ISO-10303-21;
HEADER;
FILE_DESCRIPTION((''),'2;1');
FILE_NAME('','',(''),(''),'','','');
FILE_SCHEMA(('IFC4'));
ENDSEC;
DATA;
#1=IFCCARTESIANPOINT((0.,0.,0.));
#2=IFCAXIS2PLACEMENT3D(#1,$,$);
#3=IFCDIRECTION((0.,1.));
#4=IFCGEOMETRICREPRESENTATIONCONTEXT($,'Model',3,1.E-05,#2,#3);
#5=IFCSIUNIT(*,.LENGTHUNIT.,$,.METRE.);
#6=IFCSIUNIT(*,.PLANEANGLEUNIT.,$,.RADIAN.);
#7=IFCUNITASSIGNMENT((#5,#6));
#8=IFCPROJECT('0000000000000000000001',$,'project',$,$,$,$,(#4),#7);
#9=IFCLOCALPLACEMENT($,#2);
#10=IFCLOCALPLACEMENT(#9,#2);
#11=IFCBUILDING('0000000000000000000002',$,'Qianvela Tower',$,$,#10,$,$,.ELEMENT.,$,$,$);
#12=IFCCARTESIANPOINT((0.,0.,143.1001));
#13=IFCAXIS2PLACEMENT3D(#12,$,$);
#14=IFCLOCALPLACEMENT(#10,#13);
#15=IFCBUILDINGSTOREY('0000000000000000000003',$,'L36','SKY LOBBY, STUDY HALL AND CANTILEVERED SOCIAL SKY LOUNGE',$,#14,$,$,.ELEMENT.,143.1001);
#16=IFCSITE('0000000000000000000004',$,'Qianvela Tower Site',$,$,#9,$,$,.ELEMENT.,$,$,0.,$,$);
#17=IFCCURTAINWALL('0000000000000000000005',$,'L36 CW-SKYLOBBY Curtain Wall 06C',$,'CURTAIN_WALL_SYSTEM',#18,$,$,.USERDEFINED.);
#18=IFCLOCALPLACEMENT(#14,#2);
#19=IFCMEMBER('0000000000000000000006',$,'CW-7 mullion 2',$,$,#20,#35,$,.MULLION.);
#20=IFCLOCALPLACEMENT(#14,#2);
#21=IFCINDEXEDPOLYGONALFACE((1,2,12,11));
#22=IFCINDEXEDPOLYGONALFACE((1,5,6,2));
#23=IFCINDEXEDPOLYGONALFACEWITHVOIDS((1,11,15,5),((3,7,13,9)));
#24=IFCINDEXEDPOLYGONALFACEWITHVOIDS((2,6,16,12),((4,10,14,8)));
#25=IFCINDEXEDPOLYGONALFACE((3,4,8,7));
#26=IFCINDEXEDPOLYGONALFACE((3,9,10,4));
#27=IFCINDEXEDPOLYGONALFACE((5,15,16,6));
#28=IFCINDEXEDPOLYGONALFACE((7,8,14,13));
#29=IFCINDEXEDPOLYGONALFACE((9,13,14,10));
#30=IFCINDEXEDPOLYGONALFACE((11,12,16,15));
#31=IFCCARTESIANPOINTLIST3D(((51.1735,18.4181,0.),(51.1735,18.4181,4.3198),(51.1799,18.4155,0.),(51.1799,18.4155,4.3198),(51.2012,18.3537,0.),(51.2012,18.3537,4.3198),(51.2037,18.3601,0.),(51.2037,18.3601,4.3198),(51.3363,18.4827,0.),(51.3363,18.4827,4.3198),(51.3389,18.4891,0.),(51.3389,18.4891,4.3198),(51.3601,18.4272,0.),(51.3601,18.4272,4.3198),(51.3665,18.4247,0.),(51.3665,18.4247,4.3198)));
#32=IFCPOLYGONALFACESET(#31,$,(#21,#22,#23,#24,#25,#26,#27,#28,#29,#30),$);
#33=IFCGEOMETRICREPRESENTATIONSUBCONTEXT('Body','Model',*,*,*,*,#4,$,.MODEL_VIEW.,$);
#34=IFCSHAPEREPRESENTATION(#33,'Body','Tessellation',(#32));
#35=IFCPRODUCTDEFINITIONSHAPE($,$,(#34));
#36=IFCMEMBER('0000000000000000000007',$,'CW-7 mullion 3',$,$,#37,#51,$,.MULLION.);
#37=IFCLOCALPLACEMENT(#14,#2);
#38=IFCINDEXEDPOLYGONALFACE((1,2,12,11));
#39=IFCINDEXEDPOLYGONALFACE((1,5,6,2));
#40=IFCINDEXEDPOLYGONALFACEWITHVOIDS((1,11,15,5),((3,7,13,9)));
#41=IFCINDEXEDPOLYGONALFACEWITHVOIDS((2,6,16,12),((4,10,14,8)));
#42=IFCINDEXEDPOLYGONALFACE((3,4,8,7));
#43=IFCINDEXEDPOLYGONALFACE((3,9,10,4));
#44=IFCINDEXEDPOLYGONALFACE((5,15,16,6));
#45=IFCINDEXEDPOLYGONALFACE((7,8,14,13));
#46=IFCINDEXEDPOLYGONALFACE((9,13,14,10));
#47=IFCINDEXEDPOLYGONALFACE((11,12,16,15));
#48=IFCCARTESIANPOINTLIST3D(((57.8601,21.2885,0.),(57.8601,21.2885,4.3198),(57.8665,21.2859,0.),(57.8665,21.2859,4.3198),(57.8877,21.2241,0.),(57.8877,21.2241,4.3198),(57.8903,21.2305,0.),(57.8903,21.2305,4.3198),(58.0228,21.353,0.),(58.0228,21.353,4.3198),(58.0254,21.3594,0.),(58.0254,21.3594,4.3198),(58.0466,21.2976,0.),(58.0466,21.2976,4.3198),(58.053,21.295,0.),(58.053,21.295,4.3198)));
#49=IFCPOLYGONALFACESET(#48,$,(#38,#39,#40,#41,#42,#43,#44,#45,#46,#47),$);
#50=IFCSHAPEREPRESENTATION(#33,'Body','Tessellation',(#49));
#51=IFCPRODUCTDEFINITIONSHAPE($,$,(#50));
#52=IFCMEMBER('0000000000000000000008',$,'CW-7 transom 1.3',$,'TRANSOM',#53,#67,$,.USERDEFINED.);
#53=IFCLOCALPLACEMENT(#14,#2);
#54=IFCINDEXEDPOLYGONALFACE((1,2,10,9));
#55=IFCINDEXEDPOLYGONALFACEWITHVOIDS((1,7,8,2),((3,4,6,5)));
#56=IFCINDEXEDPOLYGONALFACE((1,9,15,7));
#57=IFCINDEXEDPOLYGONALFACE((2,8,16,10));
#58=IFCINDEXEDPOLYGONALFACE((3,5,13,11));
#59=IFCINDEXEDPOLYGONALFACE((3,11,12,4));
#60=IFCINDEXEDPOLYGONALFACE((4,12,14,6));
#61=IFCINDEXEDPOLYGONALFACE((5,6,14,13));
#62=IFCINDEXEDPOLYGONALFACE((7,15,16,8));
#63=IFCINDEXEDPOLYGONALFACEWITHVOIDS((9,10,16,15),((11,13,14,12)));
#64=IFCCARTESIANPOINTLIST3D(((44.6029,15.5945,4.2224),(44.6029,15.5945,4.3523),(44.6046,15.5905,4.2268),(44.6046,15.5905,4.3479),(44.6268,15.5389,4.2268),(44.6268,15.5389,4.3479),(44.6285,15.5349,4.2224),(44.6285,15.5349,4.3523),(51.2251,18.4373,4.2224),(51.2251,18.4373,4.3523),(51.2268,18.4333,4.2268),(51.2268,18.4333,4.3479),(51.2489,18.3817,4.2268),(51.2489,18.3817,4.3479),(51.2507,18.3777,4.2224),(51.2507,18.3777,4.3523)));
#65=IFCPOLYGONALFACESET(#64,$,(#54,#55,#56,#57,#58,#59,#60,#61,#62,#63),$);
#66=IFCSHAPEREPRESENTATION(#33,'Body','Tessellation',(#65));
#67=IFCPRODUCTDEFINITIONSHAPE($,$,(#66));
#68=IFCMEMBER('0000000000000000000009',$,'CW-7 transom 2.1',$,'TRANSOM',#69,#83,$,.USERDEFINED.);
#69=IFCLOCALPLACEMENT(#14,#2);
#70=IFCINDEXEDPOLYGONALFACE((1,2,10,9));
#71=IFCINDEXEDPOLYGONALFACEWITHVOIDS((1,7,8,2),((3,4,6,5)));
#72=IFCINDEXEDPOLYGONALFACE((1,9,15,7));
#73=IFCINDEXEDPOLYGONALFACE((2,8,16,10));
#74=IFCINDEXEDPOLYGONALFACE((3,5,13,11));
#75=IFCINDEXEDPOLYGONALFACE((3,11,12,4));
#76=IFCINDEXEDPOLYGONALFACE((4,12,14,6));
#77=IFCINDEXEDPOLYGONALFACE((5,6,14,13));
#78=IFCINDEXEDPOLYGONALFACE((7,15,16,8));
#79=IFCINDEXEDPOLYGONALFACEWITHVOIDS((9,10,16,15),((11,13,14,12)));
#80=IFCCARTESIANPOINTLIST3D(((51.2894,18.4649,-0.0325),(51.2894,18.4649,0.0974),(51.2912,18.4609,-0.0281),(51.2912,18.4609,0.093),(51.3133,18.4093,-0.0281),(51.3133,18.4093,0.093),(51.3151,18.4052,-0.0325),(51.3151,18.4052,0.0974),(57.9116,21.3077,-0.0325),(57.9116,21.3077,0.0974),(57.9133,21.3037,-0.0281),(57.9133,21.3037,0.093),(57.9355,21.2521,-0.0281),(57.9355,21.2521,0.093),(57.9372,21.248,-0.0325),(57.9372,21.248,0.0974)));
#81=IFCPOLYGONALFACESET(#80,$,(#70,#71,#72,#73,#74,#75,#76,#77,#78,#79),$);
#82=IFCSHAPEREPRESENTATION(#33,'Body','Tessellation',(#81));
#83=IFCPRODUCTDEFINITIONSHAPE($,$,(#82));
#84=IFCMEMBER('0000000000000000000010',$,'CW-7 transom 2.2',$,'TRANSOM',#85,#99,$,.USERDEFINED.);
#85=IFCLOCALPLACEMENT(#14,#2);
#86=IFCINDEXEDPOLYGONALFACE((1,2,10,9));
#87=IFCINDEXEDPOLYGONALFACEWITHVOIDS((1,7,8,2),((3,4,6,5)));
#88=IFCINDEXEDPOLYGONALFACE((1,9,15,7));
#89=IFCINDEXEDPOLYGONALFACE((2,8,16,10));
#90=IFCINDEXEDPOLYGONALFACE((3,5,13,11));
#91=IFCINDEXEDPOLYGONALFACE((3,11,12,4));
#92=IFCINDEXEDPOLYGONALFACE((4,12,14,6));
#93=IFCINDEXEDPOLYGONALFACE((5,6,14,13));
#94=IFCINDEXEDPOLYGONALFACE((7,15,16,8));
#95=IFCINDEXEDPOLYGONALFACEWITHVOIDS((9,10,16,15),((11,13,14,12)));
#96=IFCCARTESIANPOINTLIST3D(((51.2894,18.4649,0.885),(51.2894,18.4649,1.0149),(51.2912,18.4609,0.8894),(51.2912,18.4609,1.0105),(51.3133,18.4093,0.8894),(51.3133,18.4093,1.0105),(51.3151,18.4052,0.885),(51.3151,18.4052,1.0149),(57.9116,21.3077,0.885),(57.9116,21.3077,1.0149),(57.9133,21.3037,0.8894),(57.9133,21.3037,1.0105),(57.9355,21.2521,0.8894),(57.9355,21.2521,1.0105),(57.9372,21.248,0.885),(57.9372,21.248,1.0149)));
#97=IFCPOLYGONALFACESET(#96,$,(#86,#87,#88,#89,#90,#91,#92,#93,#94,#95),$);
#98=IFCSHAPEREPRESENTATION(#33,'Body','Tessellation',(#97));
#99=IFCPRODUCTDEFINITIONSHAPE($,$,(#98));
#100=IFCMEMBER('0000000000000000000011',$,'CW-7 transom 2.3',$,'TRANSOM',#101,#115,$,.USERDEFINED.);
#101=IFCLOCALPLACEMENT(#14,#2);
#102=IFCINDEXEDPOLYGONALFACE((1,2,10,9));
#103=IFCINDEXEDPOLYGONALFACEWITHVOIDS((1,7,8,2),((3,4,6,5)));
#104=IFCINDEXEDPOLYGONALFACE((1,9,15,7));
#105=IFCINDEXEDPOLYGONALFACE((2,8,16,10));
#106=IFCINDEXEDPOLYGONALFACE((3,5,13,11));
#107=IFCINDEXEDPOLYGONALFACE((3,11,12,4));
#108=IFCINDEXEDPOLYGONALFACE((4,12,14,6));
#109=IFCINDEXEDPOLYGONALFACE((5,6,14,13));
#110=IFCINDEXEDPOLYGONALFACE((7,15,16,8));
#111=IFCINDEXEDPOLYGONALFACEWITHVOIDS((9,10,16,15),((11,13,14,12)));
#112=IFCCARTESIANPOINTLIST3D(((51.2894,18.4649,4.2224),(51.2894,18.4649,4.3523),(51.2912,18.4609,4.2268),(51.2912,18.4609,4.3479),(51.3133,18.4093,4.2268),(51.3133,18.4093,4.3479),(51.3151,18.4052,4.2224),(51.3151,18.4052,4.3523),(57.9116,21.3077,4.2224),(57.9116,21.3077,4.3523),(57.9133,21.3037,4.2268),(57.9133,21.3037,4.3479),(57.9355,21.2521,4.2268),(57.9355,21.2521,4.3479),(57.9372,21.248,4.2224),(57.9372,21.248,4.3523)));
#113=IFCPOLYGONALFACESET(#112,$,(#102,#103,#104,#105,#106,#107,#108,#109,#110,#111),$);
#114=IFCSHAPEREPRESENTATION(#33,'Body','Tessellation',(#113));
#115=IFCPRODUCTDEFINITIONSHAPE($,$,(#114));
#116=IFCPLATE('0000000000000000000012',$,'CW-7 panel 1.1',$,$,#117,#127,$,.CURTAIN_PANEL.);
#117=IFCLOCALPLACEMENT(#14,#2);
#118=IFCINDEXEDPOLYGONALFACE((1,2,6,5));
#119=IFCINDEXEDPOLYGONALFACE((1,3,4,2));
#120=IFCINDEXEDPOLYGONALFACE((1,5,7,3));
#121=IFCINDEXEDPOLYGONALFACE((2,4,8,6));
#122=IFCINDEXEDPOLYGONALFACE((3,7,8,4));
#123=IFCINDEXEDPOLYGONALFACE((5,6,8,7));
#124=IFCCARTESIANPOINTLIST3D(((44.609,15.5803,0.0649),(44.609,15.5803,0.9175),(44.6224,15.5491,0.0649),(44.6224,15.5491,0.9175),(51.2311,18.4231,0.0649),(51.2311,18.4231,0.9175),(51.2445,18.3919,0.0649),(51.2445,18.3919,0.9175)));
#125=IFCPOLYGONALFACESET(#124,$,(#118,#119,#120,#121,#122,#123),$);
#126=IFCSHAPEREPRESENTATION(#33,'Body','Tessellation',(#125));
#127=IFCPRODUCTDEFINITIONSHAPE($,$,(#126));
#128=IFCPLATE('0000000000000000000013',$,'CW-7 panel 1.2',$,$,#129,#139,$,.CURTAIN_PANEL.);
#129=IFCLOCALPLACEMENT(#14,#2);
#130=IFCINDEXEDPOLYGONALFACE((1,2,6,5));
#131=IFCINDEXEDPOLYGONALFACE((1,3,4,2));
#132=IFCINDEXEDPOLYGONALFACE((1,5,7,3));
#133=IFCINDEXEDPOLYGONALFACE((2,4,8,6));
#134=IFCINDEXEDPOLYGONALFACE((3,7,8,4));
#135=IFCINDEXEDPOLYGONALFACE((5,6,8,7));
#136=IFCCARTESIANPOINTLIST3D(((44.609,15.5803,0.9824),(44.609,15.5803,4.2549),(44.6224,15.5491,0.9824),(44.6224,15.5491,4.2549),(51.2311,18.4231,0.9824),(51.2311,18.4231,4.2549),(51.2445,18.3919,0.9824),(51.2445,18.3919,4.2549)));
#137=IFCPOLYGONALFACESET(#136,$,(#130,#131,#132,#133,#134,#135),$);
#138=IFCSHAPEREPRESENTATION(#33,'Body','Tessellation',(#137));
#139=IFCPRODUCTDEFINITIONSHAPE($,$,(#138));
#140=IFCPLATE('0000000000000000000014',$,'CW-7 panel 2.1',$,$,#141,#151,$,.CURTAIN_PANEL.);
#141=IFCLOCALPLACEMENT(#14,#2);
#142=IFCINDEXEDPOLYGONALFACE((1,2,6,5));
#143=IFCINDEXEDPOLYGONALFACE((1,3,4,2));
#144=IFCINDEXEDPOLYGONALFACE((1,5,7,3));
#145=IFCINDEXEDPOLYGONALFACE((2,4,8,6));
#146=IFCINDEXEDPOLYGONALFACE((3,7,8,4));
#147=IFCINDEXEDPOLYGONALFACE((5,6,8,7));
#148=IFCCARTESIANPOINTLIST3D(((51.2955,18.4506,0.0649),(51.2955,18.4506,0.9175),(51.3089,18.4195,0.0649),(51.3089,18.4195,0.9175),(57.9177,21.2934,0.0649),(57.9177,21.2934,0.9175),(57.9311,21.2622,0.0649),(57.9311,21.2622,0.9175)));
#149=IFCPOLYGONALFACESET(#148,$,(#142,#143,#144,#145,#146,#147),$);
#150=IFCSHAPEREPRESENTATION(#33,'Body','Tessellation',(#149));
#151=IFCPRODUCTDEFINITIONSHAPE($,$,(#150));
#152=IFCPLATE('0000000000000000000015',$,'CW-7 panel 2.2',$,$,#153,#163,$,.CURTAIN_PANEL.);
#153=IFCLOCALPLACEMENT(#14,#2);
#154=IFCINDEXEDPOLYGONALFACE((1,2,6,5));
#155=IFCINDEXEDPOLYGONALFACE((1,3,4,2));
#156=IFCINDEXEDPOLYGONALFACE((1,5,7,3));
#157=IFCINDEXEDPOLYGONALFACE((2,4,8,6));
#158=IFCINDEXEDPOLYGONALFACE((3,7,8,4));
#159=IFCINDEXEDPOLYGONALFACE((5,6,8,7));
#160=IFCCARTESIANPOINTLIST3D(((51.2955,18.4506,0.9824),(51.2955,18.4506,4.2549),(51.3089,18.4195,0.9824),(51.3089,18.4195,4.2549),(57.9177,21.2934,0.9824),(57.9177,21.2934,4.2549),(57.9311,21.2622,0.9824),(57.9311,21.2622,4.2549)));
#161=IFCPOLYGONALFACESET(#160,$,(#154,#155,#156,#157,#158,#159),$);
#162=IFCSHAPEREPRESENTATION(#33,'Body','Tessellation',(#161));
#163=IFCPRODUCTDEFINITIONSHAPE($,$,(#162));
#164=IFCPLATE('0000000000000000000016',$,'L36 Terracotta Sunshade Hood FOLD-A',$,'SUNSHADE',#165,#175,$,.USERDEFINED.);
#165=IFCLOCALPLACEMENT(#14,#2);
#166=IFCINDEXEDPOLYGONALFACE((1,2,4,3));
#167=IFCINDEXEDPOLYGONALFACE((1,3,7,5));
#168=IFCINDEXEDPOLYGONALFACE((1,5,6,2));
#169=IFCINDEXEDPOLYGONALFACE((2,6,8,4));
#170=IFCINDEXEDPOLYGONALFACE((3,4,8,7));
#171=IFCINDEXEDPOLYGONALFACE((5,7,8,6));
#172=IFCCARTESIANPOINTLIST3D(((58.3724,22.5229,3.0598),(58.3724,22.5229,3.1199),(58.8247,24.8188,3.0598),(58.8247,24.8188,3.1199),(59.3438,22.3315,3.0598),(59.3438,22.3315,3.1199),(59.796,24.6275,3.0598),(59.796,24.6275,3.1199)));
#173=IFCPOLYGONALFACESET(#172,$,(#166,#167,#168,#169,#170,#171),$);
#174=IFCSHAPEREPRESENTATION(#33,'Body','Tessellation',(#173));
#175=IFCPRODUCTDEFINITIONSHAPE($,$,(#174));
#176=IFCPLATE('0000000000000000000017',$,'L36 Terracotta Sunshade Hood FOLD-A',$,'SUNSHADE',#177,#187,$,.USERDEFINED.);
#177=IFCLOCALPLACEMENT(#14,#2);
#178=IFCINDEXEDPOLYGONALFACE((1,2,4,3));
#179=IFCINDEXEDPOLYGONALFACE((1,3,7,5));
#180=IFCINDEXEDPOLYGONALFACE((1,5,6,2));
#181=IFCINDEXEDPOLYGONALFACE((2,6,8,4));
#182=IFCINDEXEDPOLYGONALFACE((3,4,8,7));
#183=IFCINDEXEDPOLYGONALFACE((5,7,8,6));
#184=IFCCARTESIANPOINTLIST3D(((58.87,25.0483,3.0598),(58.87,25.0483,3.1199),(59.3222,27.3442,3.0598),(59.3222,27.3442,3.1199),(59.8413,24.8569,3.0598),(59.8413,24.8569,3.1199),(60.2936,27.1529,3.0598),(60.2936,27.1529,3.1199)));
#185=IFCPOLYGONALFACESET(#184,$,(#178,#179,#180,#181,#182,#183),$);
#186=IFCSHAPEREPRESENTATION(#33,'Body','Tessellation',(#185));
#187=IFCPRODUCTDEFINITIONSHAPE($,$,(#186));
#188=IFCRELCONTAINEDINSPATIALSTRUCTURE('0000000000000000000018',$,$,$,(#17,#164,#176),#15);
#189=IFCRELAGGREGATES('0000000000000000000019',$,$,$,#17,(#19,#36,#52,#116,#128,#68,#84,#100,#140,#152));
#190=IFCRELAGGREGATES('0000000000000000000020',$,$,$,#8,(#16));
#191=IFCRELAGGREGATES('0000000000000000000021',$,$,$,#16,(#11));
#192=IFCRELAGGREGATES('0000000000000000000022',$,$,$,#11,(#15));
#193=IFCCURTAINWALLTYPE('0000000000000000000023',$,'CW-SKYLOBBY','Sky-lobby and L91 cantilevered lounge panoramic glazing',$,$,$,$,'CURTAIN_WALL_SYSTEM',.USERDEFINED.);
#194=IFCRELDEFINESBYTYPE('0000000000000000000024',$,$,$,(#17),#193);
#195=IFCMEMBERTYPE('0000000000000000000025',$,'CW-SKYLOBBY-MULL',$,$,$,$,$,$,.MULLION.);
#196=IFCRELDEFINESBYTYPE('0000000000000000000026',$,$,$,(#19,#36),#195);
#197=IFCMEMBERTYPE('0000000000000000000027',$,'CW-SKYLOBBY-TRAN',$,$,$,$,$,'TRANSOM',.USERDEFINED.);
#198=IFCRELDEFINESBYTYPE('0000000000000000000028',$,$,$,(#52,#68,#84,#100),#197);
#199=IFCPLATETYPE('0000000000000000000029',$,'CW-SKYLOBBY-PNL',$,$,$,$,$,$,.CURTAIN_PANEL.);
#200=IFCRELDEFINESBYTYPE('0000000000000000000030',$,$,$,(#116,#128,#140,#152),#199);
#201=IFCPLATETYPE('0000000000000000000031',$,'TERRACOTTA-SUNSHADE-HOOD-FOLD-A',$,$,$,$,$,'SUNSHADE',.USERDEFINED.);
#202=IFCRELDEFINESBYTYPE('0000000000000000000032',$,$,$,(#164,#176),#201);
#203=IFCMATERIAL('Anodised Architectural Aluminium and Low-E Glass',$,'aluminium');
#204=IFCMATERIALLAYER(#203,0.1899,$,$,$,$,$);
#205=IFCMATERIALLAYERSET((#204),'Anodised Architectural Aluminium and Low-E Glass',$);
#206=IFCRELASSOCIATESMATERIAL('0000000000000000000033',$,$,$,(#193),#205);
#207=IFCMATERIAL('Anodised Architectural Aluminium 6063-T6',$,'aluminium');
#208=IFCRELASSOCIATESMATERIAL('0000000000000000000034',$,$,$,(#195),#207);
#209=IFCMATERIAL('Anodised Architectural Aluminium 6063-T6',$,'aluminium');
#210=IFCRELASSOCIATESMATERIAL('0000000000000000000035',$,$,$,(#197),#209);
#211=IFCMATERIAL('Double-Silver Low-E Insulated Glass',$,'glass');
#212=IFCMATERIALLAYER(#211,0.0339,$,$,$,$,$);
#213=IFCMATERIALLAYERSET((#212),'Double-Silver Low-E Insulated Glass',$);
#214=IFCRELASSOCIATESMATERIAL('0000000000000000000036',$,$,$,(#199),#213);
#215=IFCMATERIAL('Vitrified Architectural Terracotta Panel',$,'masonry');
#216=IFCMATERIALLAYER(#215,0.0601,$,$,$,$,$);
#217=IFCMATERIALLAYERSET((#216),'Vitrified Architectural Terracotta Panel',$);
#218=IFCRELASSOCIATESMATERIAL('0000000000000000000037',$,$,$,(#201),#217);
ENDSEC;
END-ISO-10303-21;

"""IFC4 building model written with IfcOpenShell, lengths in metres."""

from ifc_helpers import new_model, si_unit, direction, frame, origin, origin_2d, place, context, subcontext, project, spatial, rectangle, hollow_rectangle, extrude, material, layer, layer_set, material_profile, profile_set, type_object, element, aggregate, save


model = new_model("IFC4")

# Units and contexts
model_context = context("Model", 3, precision=1e-05, world=origin(), true_north=direction((0.0, 1.0)))
body_context = subcontext(model_context, "Body", "Model", "MODEL_VIEW")
ifc_project = project(units=[si_unit("LENGTHUNIT", "METRE"), si_unit("PLANEANGLEUNIT", "RADIAN")], contexts=[model_context])

# Site, building, storey
site_placement = place(None, origin())
site = spatial("IfcSite", under=ifc_project, at=site_placement, Name="Qianvela Tower Site", CompositionType="ELEMENT", RefElevation=0.0)
building_placement = place(site_placement, origin())
building = spatial("IfcBuilding", under=site, at=building_placement, Name="Qianvela Tower", CompositionType="ELEMENT")
storey_placement = place(building_placement, frame((0.0, 0.0, 143.1001)))
storey = spatial("IfcBuildingStorey", under=building, at=storey_placement, Name="L36", Description="SKY LOBBY, STUDY HALL AND CANTILEVERED SOCIAL SKY LOUNGE", CompositionType="ELEMENT", Elevation=143.1001)

# Curtain wall, members, plates
ifc_material_1 = material(Name="Anodised Architectural Aluminium and Low-E Glass", Category="aluminium")
ifc_layer_1 = layer(ifc_material_1, 0.1899)
ifc_layer_set_1 = layer_set([ifc_layer_1], Name="Anodised Architectural Aluminium and Low-E Glass")
curtain_wall_type = type_object("IfcCurtainWallType", Name="CW-SKYLOBBY", Description="Sky-lobby and L91 cantilevered lounge panoramic glazing", ElementType="CURTAIN_WALL_SYSTEM", PredefinedType="USERDEFINED", material=ifc_layer_set_1)
curtain_wall_placement = place(storey_placement, origin())
curtain_wall = element("IfcCurtainWall", 1, at=curtain_wall_placement, inside=storey, type_object=curtain_wall_type, Name="L36 CW-SKYLOBBY Curtain Wall 06C", ObjectType="CURTAIN_WALL_SYSTEM", PredefinedType="USERDEFINED")
ifc_material_2 = material(Name="Anodised Architectural Aluminium 6063-T6", Category="aluminium")
ifc_material_profile_1 = material_profile(ifc_material_2, hollow_rectangle(XDim=0.0701, YDim=0.1799, WallThickness=0.0049, at=origin_2d()), Name="ALU-MULL-70x180")
ifc_profile_set_1 = profile_set([ifc_material_profile_1], Name="Anodised Architectural Aluminium 6063-T6")
member_type_1 = type_object("IfcMemberType", Name="CW-SKYLOBBY-MULL", PredefinedType="MULLION", material=ifc_profile_set_1)
member_1_placement = place(storey_placement, frame((51.27, 18.4214, 0.0), z_axis=(0.0, 0.0, 1.0), x_axis=(-0.394471, 0.918908, 0.0)))
member_1 = element("IfcMember", 2, at=member_1_placement, type_object=member_type_1, Name="CW-7 mullion 2", PredefinedType="MULLION", context=body_context, shape_type="SweptSolid", body=[
    extrude(hollow_rectangle(XDim=0.0701, YDim=0.1799, WallThickness=0.0049, at=origin_2d()), origin(), (0.0, 0.0, 1.0), 4.3198),
])
member_2_placement = place(storey_placement, frame((57.9565, 21.2917, 0.0), z_axis=(0.0, 0.0, 1.0), x_axis=(-0.394471, 0.918908, 0.0)))
member_2 = element("IfcMember", 3, at=member_2_placement, type_object=member_type_1, Name="CW-7 mullion 3", PredefinedType="MULLION", context=body_context, shape_type="SweptSolid", body=[
    extrude(hollow_rectangle(XDim=0.0701, YDim=0.1799, WallThickness=0.0049, at=origin_2d()), origin(), (0.0, 0.0, 1.0), 4.3198),
])
ifc_material_3 = material(Name="Anodised Architectural Aluminium 6063-T6", Category="aluminium")
ifc_material_profile_2 = material_profile(ifc_material_3, hollow_rectangle(XDim=0.0649, YDim=0.1299, WallThickness=0.0044, at=origin_2d()), Name="ALU-TRAN-65x130")
ifc_profile_set_2 = profile_set([ifc_material_profile_2], Name="Anodised Architectural Aluminium 6063-T6")
member_type_2 = type_object("IfcMemberType", Name="CW-SKYLOBBY-TRAN", ElementType="TRANSOM", PredefinedType="USERDEFINED", material=ifc_profile_set_2)
member_3_placement = place(storey_placement, frame((44.6157, 15.5647, 4.2874), z_axis=(0.918907, 0.394475, 0.0), x_axis=(-0.394475, 0.918907, 0.0)))
member_3 = element("IfcMember", 4, at=member_3_placement, type_object=member_type_2, Name="CW-7 transom 1.3", ObjectType="TRANSOM", PredefinedType="USERDEFINED", context=body_context, shape_type="SweptSolid", body=[
    extrude(hollow_rectangle(XDim=0.0649, YDim=0.1299, WallThickness=0.0044, at=origin_2d()), origin(), (0.0, 0.0, 1.0), 7.2065),
])
member_4_placement = place(storey_placement, frame((51.3022, 18.4351, 0.0325), z_axis=(0.918907, 0.394475, 0.0), x_axis=(-0.394475, 0.918907, 0.0)))
member_4 = element("IfcMember", 5, at=member_4_placement, type_object=member_type_2, Name="CW-7 transom 2.1", ObjectType="TRANSOM", PredefinedType="USERDEFINED", context=body_context, shape_type="SweptSolid", body=[
    extrude(hollow_rectangle(XDim=0.0649, YDim=0.1299, WallThickness=0.0044, at=origin_2d()), origin(), (0.0, 0.0, 1.0), 7.2065),
])
member_5_placement = place(storey_placement, frame((51.3022, 18.4351, 0.95), z_axis=(0.918907, 0.394475, 0.0), x_axis=(-0.394475, 0.918907, 0.0)))
member_5 = element("IfcMember", 6, at=member_5_placement, type_object=member_type_2, Name="CW-7 transom 2.2", ObjectType="TRANSOM", PredefinedType="USERDEFINED", context=body_context, shape_type="SweptSolid", body=[
    extrude(hollow_rectangle(XDim=0.0649, YDim=0.1299, WallThickness=0.0044, at=origin_2d()), origin(), (0.0, 0.0, 1.0), 7.2065),
])
member_6_placement = place(storey_placement, frame((51.3022, 18.4351, 4.2874), z_axis=(0.918907, 0.394475, 0.0), x_axis=(-0.394475, 0.918907, 0.0)))
member_6 = element("IfcMember", 7, at=member_6_placement, type_object=member_type_2, Name="CW-7 transom 2.3", ObjectType="TRANSOM", PredefinedType="USERDEFINED", context=body_context, shape_type="SweptSolid", body=[
    extrude(hollow_rectangle(XDim=0.0649, YDim=0.1299, WallThickness=0.0044, at=origin_2d()), origin(), (0.0, 0.0, 1.0), 7.2065),
])
ifc_material_4 = material(Name="Double-Silver Low-E Insulated Glass", Category="glass")
ifc_layer_2 = layer(ifc_material_4, 0.0339)
ifc_layer_set_2 = layer_set([ifc_layer_2], Name="Double-Silver Low-E Insulated Glass")
plate_type_1 = type_object("IfcPlateType", Name="CW-SKYLOBBY-PNL", PredefinedType="CURTAIN_PANEL", material=ifc_layer_set_2)
plate_1_placement = place(storey_placement, frame((47.9268, 16.9861, 0.0649), z_axis=(0.0, 0.0, 1.0), x_axis=(0.918908, 0.394471, 0.0)))
plate_1 = element("IfcPlate", 8, at=plate_1_placement, type_object=plate_type_1, Name="CW-7 panel 1.1", PredefinedType="CURTAIN_PANEL", context=body_context, shape_type="SweptSolid", body=[
    extrude(rectangle(XDim=7.2065, YDim=0.0339, at=origin_2d()), origin(), (0.0, 0.0, 1.0), 0.8525),
])
plate_2_placement = place(storey_placement, frame((47.9268, 16.9861, 0.9824), z_axis=(0.0, 0.0, 1.0), x_axis=(0.918908, 0.394471, 0.0)))
plate_2 = element("IfcPlate", 9, at=plate_2_placement, type_object=plate_type_1, Name="CW-7 panel 1.2", PredefinedType="CURTAIN_PANEL", context=body_context, shape_type="SweptSolid", body=[
    extrude(rectangle(XDim=7.2065, YDim=0.0339, at=origin_2d()), origin(), (0.0, 0.0, 1.0), 3.2725),
])
plate_3_placement = place(storey_placement, frame((54.6133, 19.8564, 0.0649), z_axis=(0.0, 0.0, 1.0), x_axis=(0.918908, 0.394471, 0.0)))
plate_3 = element("IfcPlate", 10, at=plate_3_placement, type_object=plate_type_1, Name="CW-7 panel 2.1", PredefinedType="CURTAIN_PANEL", context=body_context, shape_type="SweptSolid", body=[
    extrude(rectangle(XDim=7.2065, YDim=0.0339, at=origin_2d()), origin(), (0.0, 0.0, 1.0), 0.8525),
])
plate_4_placement = place(storey_placement, frame((54.6133, 19.8564, 0.9824), z_axis=(0.0, 0.0, 1.0), x_axis=(0.918908, 0.394471, 0.0)))
plate_4 = element("IfcPlate", 11, at=plate_4_placement, type_object=plate_type_1, Name="CW-7 panel 2.2", PredefinedType="CURTAIN_PANEL", context=body_context, shape_type="SweptSolid", body=[
    extrude(rectangle(XDim=7.2065, YDim=0.0339, at=origin_2d()), origin(), (0.0, 0.0, 1.0), 3.2725),
])
aggregate(curtain_wall, [member_1, member_2, member_3, plate_1, plate_2, member_4, member_5, member_6, plate_3, plate_4])

# Plates
ifc_material_5 = material(Name="Vitrified Architectural Terracotta Panel", Category="masonry")
ifc_layer_3 = layer(ifc_material_5, 0.0601)
ifc_layer_set_3 = layer_set([ifc_layer_3], Name="Vitrified Architectural Terracotta Panel")
plate_type_2 = type_object("IfcPlateType", Name="TERRACOTTA-SUNSHADE-HOOD-FOLD-A", ElementType="SUNSHADE", PredefinedType="USERDEFINED", material=ifc_layer_set_3)
for number, where, z_axis, x_axis, name in (
    (12, (59.0842, 23.5752, 3.0598), (0.0, 0.0, 1.0), (0.193262, 0.981147, 0.0), "L36 Terracotta Sunshade Hood FOLD-A"),
    (13, (59.5818, 26.1006, 3.0598), (0.0, 0.0, 1.0), (0.193262, 0.981147, 0.0), "L36 Terracotta Sunshade Hood FOLD-A"),
):
    element("IfcPlate", number, at=place(storey_placement, frame(where, z_axis=z_axis, x_axis=x_axis)), inside=storey, type_object=plate_type_2, Name=name, ObjectType="SUNSHADE", PredefinedType="USERDEFINED", context=body_context, shape_type="SweptSolid", body=[
        extrude(rectangle(XDim=2.3401, YDim=0.99, at=origin_2d()), origin(), (0.0, 0.0, 1.0), 0.0601),
    ])

save(model, "model.ifc")
